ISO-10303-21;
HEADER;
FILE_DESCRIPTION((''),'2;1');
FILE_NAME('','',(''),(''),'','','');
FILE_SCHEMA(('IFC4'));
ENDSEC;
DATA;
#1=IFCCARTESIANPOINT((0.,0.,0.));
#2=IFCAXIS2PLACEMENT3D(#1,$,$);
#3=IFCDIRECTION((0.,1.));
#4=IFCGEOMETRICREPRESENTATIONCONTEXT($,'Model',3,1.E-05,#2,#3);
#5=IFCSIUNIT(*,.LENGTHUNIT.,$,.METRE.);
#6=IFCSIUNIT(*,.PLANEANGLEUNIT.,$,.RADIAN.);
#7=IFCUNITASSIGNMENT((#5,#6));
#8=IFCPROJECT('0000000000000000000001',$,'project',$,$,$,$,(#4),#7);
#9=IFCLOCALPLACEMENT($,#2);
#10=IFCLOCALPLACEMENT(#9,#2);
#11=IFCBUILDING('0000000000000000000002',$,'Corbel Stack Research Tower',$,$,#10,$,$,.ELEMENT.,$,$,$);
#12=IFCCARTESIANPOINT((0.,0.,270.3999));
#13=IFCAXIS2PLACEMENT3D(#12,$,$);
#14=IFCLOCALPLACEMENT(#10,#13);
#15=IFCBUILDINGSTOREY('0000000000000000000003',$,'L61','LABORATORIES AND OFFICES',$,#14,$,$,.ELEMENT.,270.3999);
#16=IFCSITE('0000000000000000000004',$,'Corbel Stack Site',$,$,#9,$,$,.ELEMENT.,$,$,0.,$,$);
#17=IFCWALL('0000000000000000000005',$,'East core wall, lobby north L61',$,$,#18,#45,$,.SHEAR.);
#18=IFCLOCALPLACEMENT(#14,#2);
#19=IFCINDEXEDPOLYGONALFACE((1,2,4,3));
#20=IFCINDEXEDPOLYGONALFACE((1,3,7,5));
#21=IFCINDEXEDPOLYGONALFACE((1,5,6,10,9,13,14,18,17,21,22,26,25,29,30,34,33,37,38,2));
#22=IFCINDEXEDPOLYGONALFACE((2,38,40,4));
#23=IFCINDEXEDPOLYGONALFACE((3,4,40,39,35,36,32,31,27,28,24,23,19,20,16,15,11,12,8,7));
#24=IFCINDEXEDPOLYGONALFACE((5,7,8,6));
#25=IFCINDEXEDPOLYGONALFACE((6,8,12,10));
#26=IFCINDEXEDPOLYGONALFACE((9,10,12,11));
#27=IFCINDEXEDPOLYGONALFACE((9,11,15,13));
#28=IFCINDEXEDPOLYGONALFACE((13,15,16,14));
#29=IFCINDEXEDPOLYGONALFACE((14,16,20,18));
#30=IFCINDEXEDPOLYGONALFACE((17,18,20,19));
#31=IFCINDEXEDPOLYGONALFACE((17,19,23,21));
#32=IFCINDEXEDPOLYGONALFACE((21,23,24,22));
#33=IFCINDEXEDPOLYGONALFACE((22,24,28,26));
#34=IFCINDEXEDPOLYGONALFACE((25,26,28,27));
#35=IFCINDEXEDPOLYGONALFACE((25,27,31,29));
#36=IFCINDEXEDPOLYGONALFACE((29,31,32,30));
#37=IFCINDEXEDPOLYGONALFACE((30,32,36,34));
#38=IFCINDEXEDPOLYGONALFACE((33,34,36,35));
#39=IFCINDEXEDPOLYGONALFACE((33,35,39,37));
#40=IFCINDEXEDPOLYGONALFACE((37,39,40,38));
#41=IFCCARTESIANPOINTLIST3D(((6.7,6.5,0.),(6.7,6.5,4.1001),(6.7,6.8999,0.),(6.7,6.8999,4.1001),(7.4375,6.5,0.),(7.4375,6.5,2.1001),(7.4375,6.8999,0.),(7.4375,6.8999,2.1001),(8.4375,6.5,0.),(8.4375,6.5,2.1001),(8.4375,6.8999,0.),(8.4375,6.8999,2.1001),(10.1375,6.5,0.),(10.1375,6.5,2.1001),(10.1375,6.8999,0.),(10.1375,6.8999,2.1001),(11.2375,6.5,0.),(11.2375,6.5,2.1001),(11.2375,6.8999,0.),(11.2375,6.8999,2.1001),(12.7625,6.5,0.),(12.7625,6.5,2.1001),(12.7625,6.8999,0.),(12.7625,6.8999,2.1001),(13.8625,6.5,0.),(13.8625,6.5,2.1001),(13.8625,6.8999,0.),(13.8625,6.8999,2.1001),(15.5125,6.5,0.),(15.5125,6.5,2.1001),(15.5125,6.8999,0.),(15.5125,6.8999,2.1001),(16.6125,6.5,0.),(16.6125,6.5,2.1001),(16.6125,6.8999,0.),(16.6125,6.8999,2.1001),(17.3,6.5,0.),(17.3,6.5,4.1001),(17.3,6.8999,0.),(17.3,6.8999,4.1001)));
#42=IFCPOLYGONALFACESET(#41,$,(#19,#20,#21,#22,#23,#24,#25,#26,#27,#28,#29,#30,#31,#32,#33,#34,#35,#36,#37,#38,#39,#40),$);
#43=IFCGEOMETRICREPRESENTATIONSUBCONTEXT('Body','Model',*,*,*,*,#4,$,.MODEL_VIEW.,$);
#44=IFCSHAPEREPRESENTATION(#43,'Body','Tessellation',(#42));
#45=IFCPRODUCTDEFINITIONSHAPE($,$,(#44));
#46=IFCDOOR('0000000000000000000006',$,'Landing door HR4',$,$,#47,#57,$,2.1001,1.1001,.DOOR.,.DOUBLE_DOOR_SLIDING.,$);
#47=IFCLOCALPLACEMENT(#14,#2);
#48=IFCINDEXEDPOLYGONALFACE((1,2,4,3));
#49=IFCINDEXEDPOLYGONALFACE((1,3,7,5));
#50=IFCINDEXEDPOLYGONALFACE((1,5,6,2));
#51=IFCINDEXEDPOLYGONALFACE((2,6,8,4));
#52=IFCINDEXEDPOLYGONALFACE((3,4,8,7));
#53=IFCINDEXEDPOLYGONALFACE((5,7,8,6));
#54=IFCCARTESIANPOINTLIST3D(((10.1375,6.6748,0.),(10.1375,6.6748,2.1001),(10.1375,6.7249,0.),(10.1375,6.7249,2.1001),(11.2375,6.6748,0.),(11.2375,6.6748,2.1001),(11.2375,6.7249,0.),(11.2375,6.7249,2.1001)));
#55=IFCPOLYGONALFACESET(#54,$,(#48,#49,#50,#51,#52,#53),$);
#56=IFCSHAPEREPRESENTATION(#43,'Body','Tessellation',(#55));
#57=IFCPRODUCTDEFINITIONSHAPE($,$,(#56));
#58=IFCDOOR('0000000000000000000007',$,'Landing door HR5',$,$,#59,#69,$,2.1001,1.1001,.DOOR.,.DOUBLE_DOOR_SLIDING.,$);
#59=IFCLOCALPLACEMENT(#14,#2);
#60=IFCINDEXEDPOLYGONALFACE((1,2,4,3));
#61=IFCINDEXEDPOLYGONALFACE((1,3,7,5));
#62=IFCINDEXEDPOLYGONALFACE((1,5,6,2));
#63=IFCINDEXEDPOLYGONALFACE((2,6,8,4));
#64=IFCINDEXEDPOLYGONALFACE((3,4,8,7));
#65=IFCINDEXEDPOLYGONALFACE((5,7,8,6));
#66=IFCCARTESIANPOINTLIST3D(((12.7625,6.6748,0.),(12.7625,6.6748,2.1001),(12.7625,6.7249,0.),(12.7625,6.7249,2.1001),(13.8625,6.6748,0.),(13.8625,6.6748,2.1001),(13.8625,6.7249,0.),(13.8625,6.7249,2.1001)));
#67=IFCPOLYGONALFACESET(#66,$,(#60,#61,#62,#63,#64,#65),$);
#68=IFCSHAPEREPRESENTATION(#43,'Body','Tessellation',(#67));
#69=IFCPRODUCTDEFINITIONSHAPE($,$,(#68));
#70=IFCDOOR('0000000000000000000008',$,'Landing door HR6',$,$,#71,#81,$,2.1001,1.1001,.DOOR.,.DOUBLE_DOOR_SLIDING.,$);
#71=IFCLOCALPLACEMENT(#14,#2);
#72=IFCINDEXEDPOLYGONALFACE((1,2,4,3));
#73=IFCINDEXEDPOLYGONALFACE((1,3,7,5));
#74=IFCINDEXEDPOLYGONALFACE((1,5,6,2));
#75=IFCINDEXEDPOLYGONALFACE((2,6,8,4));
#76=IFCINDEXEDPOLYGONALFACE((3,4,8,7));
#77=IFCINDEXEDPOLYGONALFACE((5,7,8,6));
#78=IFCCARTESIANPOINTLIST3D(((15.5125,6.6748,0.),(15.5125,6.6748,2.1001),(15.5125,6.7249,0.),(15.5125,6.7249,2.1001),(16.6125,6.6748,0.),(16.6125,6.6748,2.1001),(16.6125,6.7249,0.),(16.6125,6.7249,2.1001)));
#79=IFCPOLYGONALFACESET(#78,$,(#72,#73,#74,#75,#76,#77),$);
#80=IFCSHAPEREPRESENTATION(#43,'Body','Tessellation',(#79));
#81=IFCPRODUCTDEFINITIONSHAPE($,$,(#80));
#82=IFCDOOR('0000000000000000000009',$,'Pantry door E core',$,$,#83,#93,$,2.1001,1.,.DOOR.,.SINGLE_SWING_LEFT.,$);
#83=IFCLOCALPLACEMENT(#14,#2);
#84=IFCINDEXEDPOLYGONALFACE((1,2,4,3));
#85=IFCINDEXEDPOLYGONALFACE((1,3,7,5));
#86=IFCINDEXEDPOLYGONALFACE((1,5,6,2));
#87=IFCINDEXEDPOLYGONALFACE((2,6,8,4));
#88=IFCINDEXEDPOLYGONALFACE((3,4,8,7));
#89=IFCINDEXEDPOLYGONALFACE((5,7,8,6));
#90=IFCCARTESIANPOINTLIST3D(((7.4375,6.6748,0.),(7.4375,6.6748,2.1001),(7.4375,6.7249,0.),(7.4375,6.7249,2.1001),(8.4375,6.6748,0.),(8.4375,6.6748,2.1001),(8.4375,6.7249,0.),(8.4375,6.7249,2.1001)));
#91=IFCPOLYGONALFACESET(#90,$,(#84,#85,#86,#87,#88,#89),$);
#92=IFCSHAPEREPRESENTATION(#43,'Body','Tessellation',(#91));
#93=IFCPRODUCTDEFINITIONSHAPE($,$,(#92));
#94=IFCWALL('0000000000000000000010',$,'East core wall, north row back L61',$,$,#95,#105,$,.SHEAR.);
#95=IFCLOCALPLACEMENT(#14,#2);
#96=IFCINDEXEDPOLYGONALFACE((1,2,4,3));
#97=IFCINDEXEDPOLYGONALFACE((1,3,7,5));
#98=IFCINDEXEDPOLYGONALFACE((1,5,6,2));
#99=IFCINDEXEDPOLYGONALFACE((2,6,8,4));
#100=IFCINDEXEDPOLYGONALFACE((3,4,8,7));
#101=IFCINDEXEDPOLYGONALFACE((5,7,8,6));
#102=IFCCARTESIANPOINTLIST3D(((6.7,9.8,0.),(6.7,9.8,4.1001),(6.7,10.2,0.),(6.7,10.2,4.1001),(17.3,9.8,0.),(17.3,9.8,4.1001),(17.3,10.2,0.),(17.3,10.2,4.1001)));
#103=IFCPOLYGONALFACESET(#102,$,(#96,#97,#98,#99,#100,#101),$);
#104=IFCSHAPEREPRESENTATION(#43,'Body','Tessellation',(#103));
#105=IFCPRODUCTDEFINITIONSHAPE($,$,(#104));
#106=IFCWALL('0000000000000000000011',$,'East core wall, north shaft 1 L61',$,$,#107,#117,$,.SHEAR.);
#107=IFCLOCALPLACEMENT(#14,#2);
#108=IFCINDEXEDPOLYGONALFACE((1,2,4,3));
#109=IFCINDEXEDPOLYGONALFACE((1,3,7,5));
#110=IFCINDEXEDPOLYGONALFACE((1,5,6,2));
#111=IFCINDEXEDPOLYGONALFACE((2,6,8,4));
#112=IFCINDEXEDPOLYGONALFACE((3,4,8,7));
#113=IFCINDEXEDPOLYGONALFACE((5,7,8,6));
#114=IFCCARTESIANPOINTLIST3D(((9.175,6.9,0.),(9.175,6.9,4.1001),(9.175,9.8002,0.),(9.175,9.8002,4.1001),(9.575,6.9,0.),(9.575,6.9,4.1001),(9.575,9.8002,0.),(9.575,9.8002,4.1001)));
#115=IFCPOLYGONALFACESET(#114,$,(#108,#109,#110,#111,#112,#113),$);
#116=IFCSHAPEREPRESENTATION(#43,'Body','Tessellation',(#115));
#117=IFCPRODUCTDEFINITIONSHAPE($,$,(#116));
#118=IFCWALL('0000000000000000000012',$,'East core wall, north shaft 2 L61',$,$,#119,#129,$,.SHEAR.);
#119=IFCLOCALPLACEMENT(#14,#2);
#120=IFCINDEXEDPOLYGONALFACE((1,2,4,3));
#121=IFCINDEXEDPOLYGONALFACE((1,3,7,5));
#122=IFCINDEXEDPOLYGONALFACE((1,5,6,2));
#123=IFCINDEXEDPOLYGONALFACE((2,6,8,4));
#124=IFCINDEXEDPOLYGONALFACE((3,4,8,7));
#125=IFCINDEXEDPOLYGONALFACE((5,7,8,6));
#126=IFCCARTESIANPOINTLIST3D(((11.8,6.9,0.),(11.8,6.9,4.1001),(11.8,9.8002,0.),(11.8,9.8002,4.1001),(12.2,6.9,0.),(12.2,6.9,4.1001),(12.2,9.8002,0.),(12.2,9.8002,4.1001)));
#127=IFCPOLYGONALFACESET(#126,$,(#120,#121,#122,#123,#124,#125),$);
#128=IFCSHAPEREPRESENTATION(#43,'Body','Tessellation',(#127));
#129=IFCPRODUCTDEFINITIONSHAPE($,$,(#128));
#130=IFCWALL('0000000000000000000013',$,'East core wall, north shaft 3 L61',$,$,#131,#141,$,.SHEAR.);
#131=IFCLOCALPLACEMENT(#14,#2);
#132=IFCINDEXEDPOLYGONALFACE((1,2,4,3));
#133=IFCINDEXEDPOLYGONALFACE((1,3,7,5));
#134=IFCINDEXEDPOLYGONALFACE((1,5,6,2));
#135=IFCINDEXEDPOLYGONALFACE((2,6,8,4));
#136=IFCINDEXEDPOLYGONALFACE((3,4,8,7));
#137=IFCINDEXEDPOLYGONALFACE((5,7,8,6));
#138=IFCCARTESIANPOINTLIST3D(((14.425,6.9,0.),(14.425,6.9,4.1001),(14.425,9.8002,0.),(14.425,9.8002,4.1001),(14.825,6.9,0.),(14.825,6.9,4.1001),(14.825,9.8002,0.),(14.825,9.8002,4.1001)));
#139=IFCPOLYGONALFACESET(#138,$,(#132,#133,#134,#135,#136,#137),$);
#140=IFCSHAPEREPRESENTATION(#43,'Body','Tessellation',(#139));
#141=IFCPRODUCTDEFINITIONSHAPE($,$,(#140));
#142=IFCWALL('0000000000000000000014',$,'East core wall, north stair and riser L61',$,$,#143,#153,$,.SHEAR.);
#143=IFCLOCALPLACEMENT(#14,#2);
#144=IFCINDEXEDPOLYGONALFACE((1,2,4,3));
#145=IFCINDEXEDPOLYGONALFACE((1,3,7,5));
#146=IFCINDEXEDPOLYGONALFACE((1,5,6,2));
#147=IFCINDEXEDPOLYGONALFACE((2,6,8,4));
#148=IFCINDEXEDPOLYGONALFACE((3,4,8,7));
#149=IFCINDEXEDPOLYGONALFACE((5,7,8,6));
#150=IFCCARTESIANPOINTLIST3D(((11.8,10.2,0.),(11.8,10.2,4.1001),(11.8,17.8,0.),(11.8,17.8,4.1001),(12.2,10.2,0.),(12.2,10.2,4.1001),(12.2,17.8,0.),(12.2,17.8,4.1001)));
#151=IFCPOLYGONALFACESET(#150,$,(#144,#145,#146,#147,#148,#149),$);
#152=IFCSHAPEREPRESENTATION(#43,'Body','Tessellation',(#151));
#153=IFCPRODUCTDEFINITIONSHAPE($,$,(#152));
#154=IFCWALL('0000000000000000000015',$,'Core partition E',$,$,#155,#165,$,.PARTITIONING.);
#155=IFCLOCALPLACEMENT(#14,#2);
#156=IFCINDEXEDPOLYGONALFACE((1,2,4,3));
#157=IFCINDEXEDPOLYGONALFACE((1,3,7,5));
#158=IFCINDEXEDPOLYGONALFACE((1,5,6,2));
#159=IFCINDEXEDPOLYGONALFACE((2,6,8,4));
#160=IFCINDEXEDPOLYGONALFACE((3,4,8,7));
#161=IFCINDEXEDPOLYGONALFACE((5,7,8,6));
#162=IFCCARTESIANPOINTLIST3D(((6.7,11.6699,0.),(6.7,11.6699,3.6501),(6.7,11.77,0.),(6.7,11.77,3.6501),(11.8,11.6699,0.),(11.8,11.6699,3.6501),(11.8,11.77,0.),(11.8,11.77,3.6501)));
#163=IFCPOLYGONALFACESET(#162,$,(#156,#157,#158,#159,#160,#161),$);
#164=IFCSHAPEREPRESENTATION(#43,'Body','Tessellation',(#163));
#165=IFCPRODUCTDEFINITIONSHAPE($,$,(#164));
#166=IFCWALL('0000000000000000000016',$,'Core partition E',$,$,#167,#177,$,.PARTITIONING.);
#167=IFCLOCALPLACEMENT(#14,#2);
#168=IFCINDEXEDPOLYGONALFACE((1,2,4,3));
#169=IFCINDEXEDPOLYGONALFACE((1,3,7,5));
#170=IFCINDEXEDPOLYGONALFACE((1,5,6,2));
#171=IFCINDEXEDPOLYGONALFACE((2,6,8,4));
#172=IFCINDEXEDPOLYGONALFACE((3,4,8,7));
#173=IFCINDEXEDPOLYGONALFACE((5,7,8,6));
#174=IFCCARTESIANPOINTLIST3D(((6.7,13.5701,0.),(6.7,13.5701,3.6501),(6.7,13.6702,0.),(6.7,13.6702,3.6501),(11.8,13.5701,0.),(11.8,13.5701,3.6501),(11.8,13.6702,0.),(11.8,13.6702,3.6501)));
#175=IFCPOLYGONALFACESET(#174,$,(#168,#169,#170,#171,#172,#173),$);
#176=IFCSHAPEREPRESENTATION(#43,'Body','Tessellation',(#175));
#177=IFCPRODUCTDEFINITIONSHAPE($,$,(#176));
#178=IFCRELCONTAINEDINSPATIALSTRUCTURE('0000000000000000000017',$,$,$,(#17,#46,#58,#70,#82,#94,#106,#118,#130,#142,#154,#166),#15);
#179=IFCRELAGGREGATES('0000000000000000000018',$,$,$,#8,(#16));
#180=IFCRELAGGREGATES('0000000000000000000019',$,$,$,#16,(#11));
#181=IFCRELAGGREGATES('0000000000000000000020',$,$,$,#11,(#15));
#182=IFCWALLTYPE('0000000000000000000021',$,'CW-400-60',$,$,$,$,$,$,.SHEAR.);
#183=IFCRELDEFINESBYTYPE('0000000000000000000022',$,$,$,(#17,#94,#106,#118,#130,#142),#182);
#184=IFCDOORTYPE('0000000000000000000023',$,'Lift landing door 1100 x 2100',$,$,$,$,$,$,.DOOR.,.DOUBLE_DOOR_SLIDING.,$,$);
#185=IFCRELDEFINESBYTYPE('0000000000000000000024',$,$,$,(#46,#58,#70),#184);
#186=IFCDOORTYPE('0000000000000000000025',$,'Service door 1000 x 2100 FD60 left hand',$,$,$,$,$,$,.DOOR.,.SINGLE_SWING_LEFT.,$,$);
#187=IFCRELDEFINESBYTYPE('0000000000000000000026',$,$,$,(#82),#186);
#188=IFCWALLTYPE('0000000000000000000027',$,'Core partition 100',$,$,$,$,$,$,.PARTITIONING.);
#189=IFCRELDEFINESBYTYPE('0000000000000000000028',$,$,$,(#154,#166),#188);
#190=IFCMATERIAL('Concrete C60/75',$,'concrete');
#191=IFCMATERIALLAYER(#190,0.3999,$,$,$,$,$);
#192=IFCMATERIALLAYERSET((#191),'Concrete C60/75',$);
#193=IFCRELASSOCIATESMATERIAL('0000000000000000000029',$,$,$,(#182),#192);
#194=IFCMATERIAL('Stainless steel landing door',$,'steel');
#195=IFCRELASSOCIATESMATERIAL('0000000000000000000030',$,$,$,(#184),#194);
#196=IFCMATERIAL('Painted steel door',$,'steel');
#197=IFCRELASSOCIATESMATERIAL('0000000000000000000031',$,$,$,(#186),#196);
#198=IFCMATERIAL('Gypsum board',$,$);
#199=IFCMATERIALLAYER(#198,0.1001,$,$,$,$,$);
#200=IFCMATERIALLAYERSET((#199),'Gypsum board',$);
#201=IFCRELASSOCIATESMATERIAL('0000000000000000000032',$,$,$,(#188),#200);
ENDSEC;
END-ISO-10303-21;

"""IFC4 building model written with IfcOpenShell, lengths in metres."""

from ifc_helpers import new_model, si_unit, direction, frame, frame_2d, origin, place, context, subcontext, project, spatial, rectangle, extrude, material, layer, layer_set, type_object, element, fill, save


model = new_model("IFC4")

# Units and contexts
model_context = context("Model", 3, precision=1e-05, world=origin(), true_north=direction((0.0, 1.0)))
body_context = subcontext(model_context, "Body", "Model", "MODEL_VIEW")
ifc_project = project(units=[si_unit("LENGTHUNIT", "METRE"), si_unit("PLANEANGLEUNIT", "RADIAN")], contexts=[model_context])

# Site, building, storey
site_placement = place(None, origin())
site = spatial("IfcSite", under=ifc_project, at=site_placement, Name="Corbel Stack Site", CompositionType="ELEMENT", RefElevation=0.0)
building_placement = place(site_placement, origin())
building = spatial("IfcBuilding", under=site, at=building_placement, Name="Corbel Stack Research Tower", CompositionType="ELEMENT")
storey_placement = place(building_placement, frame((0.0, 0.0, 270.3999)))
storey = spatial("IfcBuildingStorey", under=building, at=storey_placement, Name="L61", Description="LABORATORIES AND OFFICES", CompositionType="ELEMENT", Elevation=270.3999)

# Wall, openings, doors
ifc_material_1 = material(Name="Concrete C60/75", Category="concrete")
ifc_layer_1 = layer(ifc_material_1, 0.3999)
ifc_layer_set_1 = layer_set([ifc_layer_1], Name="Concrete C60/75")
wall_type_1 = type_object("IfcWallType", Name="CW-400-60", PredefinedType="SHEAR", material=ifc_layer_set_1)
ifc_material_2 = material(Name="Stainless steel landing door", Category="steel")
door_type_1 = type_object("IfcDoorType", Name="Lift landing door 1100 x 2100", OperationType="DOUBLE_DOOR_SLIDING", PredefinedType="DOOR", material=ifc_material_2)
ifc_material_3 = material(Name="Painted steel door", Category="steel")
door_type_2 = type_object("IfcDoorType", Name="Service door 1000 x 2100 FD60 left hand", OperationType="SINGLE_SWING_LEFT", PredefinedType="DOOR", material=ifc_material_3)
wall_1_placement = place(storey_placement, frame((6.7, 6.7, 0.0), z_axis=(0.0, 0.0, 1.0), x_axis=(1.0, 0.0, 0.0)))
wall_1 = element("IfcWall", 1, at=wall_1_placement, inside=storey, type_object=wall_type_1, Name="East core wall, lobby north L61", PredefinedType="SHEAR", context=body_context, shape_type="SweptSolid", body=[
    extrude(rectangle(XDim=10.6001, YDim=0.3999, at=frame_2d((5.3, 0.0))), origin(), (0.0, 0.0, 1.0), 4.1001),
])
opening_1_placement = place(wall_1_placement, frame((3.4375, 0.0, 0.0)))
opening_1 = element("IfcOpeningElement", 2, at=opening_1_placement, cuts=wall_1, PredefinedType="OPENING", context=body_context, shape_type="SweptSolid", body=[
    extrude(rectangle(XDim=1.1001, YDim=2.1001, at=frame_2d((0.55, 1.05))), frame((0.0, 0.21, 0.0), z_axis=(0.0, -1.0, 0.0), x_axis=(1.0, 0.0, 0.0)), (0.0, 0.0, 1.0), 0.4199),
])
opening_2_placement = place(wall_1_placement, frame((6.0625, 0.0, 0.0)))
opening_2 = element("IfcOpeningElement", 3, at=opening_2_placement, cuts=wall_1, PredefinedType="OPENING", context=body_context, shape_type="SweptSolid", body=[
    extrude(rectangle(XDim=1.1001, YDim=2.1001, at=frame_2d((0.55, 1.05))), frame((0.0, 0.21, 0.0), z_axis=(0.0, -1.0, 0.0), x_axis=(1.0, 0.0, 0.0)), (0.0, 0.0, 1.0), 0.4199),
])
opening_3_placement = place(wall_1_placement, frame((8.8125, 0.0, 0.0)))
opening_3 = element("IfcOpeningElement", 4, at=opening_3_placement, cuts=wall_1, PredefinedType="OPENING", context=body_context, shape_type="SweptSolid", body=[
    extrude(rectangle(XDim=1.1001, YDim=2.1001, at=frame_2d((0.55, 1.05))), frame((0.0, 0.21, 0.0), z_axis=(0.0, -1.0, 0.0), x_axis=(1.0, 0.0, 0.0)), (0.0, 0.0, 1.0), 0.4199),
])
opening_4_placement = place(wall_1_placement, frame((0.7375, 0.0, 0.0)))
opening_4 = element("IfcOpeningElement", 5, at=opening_4_placement, cuts=wall_1, PredefinedType="OPENING", context=body_context, shape_type="SweptSolid", body=[
    extrude(rectangle(XDim=1.0, YDim=2.1001, at=frame_2d((0.5, 1.05))), frame((0.0, 0.21, 0.0), z_axis=(0.0, -1.0, 0.0), x_axis=(1.0, 0.0, 0.0)), (0.0, 0.0, 1.0), 0.4199),
])
door_1_placement = place(opening_1_placement, origin())
door_1 = element("IfcDoor", 6, at=door_1_placement, inside=storey, type_object=door_type_1, Name="Landing door HR4", OperationType="DOUBLE_DOOR_SLIDING", OverallHeight=2.1001, OverallWidth=1.1001, PredefinedType="DOOR", context=body_context, shape_type="SweptSolid", body=[
    extrude(rectangle(XDim=1.1001, YDim=2.1001, at=frame_2d((0.55, 1.05))), frame((0.0, 0.0249, 0.0), z_axis=(0.0, -1.0, 0.0), x_axis=(1.0, 0.0, 0.0)), (0.0, 0.0, 1.0), 0.05),
])
fill(opening_1, door_1)
door_2_placement = place(opening_2_placement, origin())
door_2 = element("IfcDoor", 7, at=door_2_placement, inside=storey, type_object=door_type_1, Name="Landing door HR5", OperationType="DOUBLE_DOOR_SLIDING", OverallHeight=2.1001, OverallWidth=1.1001, PredefinedType="DOOR", context=body_context, shape_type="SweptSolid", body=[
    extrude(rectangle(XDim=1.1001, YDim=2.1001, at=frame_2d((0.55, 1.05))), frame((0.0, 0.0249, 0.0), z_axis=(0.0, -1.0, 0.0), x_axis=(1.0, 0.0, 0.0)), (0.0, 0.0, 1.0), 0.05),
])
fill(opening_2, door_2)
door_3_placement = place(opening_3_placement, origin())
door_3 = element("IfcDoor", 8, at=door_3_placement, inside=storey, type_object=door_type_1, Name="Landing door HR6", OperationType="DOUBLE_DOOR_SLIDING", OverallHeight=2.1001, OverallWidth=1.1001, PredefinedType="DOOR", context=body_context, shape_type="SweptSolid", body=[
    extrude(rectangle(XDim=1.1001, YDim=2.1001, at=frame_2d((0.55, 1.05))), frame((0.0, 0.0249, 0.0), z_axis=(0.0, -1.0, 0.0), x_axis=(1.0, 0.0, 0.0)), (0.0, 0.0, 1.0), 0.05),
])
fill(opening_3, door_3)
door_4_placement = place(opening_4_placement, origin())
door_4 = element("IfcDoor", 9, at=door_4_placement, inside=storey, type_object=door_type_2, Name="Pantry door E core", OperationType="SINGLE_SWING_LEFT", OverallHeight=2.1001, OverallWidth=1.0, PredefinedType="DOOR", context=body_context, shape_type="SweptSolid", body=[
    extrude(rectangle(XDim=1.0, YDim=2.1001, at=frame_2d((0.5, 1.05))), frame((0.0, 0.0249, 0.0), z_axis=(0.0, -1.0, 0.0), x_axis=(1.0, 0.0, 0.0)), (0.0, 0.0, 1.0), 0.05),
])
fill(opening_4, door_4)

# Walls
wall_2_placement = place(storey_placement, frame((6.7, 10.0, 0.0), z_axis=(0.0, 0.0, 1.0), x_axis=(1.0, 0.0, 0.0)))
element("IfcWall", 10, at=wall_2_placement, inside=storey, type_object=wall_type_1, Name="East core wall, north row back L61", PredefinedType="SHEAR", context=body_context, shape_type="SweptSolid", body=[
    extrude(rectangle(XDim=10.6001, YDim=0.3999, at=frame_2d((5.3, 0.0))), origin(), (0.0, 0.0, 1.0), 4.1001),
])
for number, where, z_axis, x_axis, name in (
    (11, (9.375, 6.8999, 0.0), (0.0, 0.0, 1.0), (0.0, 1.0, 0.0), "East core wall, north shaft 1 L61"),
    (12, (12.0, 6.8999, 0.0), (0.0, 0.0, 1.0), (0.0, 1.0, 0.0), "East core wall, north shaft 2 L61"),
    (13, (14.625, 6.8999, 0.0), (0.0, 0.0, 1.0), (0.0, 1.0, 0.0), "East core wall, north shaft 3 L61"),
):
    element("IfcWall", number, at=place(storey_placement, frame(where, z_axis=z_axis, x_axis=x_axis)), inside=storey, type_object=wall_type_1, Name=name, PredefinedType="SHEAR", context=body_context, shape_type="SweptSolid", body=[
        extrude(rectangle(XDim=2.9001, YDim=0.3999, at=frame_2d((1.4502, 0.0))), origin(), (0.0, 0.0, 1.0), 4.1001),
    ])
wall_3_placement = place(storey_placement, frame((12.0, 10.2, 0.0), z_axis=(0.0, 0.0, 1.0), x_axis=(0.0, 1.0, 0.0)))
element("IfcWall", 14, at=wall_3_placement, inside=storey, type_object=wall_type_1, Name="East core wall, north stair and riser L61", PredefinedType="SHEAR", context=body_context, shape_type="SweptSolid", body=[
    extrude(rectangle(XDim=7.6001, YDim=0.3999, at=frame_2d((3.8, 0.0))), origin(), (0.0, 0.0, 1.0), 4.1001),
])
ifc_material_4 = material(Name="Gypsum board")
ifc_layer_2 = layer(ifc_material_4, 0.1001)
ifc_layer_set_2 = layer_set([ifc_layer_2], Name="Gypsum board")
wall_type_2 = type_object("IfcWallType", Name="Core partition 100", PredefinedType="PARTITIONING", material=ifc_layer_set_2)
for number, where, z_axis, x_axis, name in (
    (15, (6.7, 11.72, 0.0), (0.0, 0.0, 1.0), (1.0, 0.0, 0.0), "Core partition E"),
    (16, (6.7, 13.6201, 0.0), (0.0, 0.0, 1.0), (1.0, 0.0, 0.0), "Core partition E"),
):
    element("IfcWall", number, at=place(storey_placement, frame(where, z_axis=z_axis, x_axis=x_axis)), inside=storey, type_object=wall_type_2, Name=name, PredefinedType="PARTITIONING", context=body_context, shape_type="SweptSolid", body=[
        extrude(rectangle(XDim=5.1001, YDim=0.1001, at=frame_2d((2.55, 0.0))), origin(), (0.0, 0.0, 1.0), 3.6501),
    ])

save(model, "model.ifc")
